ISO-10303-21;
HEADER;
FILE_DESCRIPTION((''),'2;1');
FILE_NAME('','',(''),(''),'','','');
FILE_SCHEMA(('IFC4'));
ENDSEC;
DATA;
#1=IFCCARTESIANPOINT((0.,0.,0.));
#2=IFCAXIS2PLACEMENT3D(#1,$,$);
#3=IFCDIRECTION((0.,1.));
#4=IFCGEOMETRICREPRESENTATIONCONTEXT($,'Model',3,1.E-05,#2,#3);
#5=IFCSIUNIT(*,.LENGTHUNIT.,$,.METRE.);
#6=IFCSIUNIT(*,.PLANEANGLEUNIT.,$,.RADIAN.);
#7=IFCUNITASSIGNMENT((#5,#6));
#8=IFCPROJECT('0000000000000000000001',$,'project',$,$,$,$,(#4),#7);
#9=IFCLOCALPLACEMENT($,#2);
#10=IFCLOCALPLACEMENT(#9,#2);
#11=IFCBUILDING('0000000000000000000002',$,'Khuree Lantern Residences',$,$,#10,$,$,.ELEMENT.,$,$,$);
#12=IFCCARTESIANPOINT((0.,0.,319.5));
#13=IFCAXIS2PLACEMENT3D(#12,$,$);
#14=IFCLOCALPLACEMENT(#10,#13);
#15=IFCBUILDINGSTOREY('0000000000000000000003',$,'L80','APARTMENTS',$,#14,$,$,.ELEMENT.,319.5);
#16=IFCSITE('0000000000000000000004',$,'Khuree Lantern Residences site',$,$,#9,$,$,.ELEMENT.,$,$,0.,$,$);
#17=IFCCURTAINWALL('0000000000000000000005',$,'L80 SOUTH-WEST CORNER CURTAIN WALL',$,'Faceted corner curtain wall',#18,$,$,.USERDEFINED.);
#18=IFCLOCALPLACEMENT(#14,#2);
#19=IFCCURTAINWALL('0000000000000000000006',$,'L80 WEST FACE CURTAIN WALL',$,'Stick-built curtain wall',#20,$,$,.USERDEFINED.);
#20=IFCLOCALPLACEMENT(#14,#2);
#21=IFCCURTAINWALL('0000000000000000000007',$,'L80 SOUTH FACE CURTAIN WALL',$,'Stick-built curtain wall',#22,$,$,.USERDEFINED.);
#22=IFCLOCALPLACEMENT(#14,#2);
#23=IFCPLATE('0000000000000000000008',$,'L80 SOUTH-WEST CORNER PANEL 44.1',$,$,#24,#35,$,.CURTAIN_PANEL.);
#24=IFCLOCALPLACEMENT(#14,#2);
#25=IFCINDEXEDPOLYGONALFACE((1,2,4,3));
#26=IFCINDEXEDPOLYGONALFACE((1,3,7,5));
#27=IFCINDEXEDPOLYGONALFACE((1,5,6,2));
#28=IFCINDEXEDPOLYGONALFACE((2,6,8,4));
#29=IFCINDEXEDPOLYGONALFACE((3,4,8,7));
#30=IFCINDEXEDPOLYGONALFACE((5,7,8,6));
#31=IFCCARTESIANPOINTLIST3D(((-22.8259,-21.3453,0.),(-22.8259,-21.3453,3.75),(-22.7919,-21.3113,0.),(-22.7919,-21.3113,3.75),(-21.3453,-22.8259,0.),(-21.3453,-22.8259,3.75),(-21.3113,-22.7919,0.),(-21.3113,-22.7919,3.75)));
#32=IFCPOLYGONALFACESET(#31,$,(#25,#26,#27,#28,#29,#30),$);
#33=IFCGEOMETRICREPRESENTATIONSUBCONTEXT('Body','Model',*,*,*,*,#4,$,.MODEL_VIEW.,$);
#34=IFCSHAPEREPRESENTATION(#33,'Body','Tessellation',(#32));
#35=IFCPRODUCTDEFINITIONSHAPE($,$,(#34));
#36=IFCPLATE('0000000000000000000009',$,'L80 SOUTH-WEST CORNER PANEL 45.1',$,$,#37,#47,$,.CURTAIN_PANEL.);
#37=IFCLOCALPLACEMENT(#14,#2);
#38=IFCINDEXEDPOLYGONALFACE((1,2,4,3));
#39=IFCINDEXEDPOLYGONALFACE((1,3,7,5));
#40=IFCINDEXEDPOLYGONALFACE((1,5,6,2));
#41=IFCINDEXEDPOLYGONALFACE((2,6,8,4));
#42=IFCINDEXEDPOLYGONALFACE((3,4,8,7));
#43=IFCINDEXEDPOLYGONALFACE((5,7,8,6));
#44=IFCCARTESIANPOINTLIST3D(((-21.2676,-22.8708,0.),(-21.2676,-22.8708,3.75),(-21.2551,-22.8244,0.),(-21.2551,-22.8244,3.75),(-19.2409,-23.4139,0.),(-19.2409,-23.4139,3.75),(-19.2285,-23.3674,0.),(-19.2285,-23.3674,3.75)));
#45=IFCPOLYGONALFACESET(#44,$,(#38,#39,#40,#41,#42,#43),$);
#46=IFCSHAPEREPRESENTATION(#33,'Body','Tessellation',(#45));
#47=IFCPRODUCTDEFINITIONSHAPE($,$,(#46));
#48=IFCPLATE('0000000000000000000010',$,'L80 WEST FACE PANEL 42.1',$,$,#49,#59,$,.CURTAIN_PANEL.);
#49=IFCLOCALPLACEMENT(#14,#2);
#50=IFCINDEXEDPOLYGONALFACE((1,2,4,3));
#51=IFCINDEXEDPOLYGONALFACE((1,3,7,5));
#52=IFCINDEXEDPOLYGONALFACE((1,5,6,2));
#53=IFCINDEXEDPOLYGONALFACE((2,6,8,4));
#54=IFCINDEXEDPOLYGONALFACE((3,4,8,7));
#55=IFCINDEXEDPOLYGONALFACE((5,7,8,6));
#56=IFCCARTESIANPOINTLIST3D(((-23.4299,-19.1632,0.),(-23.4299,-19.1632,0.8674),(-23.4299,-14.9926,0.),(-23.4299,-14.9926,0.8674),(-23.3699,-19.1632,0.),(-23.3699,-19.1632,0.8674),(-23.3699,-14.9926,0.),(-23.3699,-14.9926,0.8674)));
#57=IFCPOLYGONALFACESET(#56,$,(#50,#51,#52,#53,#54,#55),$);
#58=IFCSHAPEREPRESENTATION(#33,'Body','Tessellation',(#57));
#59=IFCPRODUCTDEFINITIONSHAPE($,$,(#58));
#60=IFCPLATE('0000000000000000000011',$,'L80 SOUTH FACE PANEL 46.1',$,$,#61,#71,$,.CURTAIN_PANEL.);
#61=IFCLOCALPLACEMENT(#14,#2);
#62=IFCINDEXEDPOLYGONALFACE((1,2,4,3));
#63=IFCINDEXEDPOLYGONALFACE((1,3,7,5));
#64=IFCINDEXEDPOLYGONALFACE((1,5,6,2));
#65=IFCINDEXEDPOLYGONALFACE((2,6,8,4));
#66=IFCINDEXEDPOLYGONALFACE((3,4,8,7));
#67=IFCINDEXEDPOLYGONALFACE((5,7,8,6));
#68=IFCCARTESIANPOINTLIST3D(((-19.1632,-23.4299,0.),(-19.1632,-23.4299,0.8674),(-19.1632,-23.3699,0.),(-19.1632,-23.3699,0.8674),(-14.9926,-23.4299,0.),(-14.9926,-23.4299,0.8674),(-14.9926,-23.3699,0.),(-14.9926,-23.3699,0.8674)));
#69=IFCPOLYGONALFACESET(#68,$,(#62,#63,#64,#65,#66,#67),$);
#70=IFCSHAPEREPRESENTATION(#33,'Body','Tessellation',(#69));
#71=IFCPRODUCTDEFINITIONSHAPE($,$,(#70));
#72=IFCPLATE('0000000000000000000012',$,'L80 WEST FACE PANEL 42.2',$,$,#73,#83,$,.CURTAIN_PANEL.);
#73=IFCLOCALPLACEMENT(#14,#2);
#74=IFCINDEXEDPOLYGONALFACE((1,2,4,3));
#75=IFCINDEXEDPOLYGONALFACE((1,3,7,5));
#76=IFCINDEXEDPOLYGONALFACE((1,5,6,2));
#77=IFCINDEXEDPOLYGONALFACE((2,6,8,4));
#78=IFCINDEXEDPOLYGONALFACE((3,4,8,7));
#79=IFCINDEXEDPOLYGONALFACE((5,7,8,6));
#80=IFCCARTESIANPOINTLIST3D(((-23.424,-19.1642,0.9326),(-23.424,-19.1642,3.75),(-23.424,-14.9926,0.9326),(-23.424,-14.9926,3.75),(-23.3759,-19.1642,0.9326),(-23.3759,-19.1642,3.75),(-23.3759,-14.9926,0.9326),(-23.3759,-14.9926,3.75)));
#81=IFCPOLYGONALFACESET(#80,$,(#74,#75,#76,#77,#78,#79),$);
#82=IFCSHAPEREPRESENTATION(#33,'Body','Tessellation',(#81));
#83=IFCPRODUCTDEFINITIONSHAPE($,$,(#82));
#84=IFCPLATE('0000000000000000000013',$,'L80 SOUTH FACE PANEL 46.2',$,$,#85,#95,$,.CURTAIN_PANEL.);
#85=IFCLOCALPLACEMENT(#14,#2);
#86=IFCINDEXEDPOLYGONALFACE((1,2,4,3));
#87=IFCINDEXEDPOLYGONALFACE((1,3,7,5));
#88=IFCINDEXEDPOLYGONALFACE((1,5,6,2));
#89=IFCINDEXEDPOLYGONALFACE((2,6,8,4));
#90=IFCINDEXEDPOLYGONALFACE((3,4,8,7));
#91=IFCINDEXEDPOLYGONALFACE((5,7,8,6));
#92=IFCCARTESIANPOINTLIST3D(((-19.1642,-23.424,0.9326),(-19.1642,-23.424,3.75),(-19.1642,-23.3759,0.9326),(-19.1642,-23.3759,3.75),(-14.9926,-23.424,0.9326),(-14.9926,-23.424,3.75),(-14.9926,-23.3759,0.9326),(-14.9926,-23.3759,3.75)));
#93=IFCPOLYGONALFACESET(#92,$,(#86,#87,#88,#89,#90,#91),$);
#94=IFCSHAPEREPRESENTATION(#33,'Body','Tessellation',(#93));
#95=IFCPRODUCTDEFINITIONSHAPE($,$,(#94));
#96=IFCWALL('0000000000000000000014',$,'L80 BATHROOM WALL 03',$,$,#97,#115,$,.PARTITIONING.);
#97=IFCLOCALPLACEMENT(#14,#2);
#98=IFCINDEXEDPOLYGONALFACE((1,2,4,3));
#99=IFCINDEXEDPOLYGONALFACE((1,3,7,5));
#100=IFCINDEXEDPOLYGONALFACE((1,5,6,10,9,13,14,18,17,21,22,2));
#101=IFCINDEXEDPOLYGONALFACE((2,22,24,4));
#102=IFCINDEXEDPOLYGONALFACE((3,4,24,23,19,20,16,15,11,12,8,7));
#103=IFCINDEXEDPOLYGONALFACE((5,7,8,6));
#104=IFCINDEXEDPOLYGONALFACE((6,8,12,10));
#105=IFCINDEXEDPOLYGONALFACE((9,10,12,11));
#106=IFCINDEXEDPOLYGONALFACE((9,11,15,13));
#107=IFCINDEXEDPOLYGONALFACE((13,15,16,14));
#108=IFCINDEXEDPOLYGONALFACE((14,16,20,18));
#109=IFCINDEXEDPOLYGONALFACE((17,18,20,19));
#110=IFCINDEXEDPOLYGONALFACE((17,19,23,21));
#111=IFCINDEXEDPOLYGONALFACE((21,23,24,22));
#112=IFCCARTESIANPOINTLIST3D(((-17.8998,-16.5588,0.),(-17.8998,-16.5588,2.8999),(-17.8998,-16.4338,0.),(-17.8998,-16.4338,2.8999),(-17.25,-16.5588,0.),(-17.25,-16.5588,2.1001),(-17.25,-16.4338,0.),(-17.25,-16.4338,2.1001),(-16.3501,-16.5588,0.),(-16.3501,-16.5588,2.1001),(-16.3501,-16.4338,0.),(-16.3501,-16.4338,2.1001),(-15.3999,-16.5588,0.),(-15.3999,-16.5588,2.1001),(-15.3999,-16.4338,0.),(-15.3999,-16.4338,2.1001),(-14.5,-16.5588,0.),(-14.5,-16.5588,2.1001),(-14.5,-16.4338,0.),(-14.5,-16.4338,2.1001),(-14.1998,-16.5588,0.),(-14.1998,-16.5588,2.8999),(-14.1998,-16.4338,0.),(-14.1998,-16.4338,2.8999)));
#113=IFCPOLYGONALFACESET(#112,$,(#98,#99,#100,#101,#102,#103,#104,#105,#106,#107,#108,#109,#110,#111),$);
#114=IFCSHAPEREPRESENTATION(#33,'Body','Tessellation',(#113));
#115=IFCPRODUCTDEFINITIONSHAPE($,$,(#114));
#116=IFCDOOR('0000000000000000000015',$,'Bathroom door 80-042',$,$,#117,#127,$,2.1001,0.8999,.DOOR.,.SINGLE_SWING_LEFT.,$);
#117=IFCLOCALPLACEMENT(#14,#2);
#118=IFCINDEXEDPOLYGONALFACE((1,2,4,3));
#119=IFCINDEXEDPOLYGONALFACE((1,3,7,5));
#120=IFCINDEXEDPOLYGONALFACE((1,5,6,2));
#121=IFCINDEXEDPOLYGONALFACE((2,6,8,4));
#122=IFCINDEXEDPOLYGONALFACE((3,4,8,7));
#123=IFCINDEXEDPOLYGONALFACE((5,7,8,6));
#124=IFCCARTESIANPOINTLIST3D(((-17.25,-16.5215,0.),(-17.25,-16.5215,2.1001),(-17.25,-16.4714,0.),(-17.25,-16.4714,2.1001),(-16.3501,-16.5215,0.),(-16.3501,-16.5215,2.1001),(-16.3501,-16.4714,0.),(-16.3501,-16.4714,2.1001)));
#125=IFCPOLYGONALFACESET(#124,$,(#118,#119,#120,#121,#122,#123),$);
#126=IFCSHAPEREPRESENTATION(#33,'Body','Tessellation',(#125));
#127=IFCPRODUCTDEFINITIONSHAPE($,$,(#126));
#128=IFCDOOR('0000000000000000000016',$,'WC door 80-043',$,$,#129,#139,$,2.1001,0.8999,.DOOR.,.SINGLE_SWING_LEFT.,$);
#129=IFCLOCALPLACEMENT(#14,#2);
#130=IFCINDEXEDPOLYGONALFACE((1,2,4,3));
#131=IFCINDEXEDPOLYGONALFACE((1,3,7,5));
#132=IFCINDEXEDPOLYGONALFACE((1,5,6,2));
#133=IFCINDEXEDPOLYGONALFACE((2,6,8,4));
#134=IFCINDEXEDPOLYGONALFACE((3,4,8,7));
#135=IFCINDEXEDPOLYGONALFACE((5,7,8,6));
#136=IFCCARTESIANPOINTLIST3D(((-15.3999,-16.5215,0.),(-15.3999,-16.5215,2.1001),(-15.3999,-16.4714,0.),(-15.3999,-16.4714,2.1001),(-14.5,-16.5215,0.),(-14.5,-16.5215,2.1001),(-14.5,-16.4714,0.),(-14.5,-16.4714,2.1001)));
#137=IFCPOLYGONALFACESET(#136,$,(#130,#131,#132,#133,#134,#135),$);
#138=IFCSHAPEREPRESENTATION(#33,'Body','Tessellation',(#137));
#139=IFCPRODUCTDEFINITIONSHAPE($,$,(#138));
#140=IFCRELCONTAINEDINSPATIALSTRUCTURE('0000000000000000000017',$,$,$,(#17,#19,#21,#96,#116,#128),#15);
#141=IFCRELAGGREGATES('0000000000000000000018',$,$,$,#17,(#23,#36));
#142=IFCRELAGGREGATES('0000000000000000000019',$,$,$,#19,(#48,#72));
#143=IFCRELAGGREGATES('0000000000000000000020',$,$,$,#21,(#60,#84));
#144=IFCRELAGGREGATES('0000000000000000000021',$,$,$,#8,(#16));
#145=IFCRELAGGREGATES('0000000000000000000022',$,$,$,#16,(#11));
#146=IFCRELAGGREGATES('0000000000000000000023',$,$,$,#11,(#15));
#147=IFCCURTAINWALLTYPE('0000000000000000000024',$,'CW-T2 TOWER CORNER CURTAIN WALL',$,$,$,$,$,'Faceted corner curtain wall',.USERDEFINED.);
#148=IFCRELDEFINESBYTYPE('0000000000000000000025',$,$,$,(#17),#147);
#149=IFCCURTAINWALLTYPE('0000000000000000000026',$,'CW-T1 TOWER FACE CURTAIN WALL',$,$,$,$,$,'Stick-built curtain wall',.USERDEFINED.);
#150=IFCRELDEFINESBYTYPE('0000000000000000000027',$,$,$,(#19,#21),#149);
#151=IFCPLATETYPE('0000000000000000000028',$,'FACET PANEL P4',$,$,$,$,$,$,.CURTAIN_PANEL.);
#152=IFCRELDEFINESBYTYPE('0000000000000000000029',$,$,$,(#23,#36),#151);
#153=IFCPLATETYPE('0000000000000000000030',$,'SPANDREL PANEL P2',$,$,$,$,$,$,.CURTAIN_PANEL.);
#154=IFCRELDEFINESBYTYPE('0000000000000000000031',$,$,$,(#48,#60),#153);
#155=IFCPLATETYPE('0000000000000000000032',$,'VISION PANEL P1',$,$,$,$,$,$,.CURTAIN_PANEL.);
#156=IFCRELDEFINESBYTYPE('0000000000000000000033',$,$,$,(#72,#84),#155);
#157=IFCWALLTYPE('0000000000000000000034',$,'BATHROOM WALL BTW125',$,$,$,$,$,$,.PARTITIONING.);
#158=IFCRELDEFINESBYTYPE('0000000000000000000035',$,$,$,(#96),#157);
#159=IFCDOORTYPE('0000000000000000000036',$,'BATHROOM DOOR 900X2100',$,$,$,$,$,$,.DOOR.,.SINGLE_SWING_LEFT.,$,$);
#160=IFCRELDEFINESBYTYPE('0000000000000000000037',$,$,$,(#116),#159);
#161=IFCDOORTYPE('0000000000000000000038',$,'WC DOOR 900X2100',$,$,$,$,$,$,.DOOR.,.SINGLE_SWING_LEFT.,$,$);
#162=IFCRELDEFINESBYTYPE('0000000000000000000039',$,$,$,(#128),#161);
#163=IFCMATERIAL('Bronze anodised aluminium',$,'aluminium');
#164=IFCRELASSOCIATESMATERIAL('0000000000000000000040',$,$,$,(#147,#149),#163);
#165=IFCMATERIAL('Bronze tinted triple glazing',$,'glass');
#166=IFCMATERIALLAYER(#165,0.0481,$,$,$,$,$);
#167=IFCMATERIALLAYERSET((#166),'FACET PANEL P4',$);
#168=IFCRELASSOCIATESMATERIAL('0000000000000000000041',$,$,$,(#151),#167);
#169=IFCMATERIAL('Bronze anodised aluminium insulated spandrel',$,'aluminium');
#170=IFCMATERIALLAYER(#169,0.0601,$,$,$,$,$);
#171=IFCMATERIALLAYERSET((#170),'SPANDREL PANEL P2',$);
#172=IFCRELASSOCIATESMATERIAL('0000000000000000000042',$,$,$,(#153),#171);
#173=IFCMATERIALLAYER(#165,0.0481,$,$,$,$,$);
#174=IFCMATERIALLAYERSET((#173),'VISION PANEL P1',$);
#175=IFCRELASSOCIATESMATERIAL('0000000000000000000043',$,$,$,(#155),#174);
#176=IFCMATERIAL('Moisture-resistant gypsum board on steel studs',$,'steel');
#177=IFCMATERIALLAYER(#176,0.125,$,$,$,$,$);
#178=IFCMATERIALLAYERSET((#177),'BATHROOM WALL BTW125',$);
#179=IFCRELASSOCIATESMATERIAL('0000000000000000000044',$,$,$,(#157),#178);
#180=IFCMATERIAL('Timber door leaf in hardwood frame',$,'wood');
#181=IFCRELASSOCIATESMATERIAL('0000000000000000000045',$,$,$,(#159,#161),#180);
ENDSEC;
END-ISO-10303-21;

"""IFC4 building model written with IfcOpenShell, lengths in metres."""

from ifc_helpers import new_model, si_unit, direction, frame, frame_2d, origin, origin_2d, place, context, subcontext, project, spatial, rectangle, extrude, material, layer, layer_set, type_object, element, fill, aggregate, save


model = new_model("IFC4")

# Units and contexts
model_context = context("Model", 3, precision=1e-05, world=origin(), true_north=direction((0.0, 1.0)))
body_context = subcontext(model_context, "Body", "Model", "MODEL_VIEW")
ifc_project = project(units=[si_unit("LENGTHUNIT", "METRE"), si_unit("PLANEANGLEUNIT", "RADIAN")], contexts=[model_context])

# Site, building, storey
site_placement = place(None, origin())
site = spatial("IfcSite", under=ifc_project, at=site_placement, Name="Khuree Lantern Residences site", CompositionType="ELEMENT", RefElevation=0.0)
building_placement = place(site_placement, origin())
building = spatial("IfcBuilding", under=site, at=building_placement, Name="Khuree Lantern Residences", CompositionType="ELEMENT")
storey_placement = place(building_placement, frame((0.0, 0.0, 319.5)))
storey = spatial("IfcBuildingStorey", under=building, at=storey_placement, Name="L80", Description="APARTMENTS", CompositionType="ELEMENT", Elevation=319.5)

# Curtain wall
ifc_material_1 = material(Name="Bronze anodised aluminium", Category="aluminium")
curtain_wall_type_1 = type_object("IfcCurtainWallType", Name="CW-T2 TOWER CORNER CURTAIN WALL", ElementType="Faceted corner curtain wall", PredefinedType="USERDEFINED", material=ifc_material_1)
curtain_wall_1_placement = place(storey_placement, origin())
curtain_wall_1 = element("IfcCurtainWall", 1, at=curtain_wall_1_placement, inside=storey, type_object=curtain_wall_type_1, Name="L80 SOUTH-WEST CORNER CURTAIN WALL", ObjectType="Faceted corner curtain wall", PredefinedType="USERDEFINED")

# Curtain wall
curtain_wall_type_2 = type_object("IfcCurtainWallType", Name="CW-T1 TOWER FACE CURTAIN WALL", ElementType="Stick-built curtain wall", PredefinedType="USERDEFINED", material=ifc_material_1)
curtain_wall_2_placement = place(storey_placement, origin())
curtain_wall_2 = element("IfcCurtainWall", 2, at=curtain_wall_2_placement, inside=storey, type_object=curtain_wall_type_2, Name="L80 WEST FACE CURTAIN WALL", ObjectType="Stick-built curtain wall", PredefinedType="USERDEFINED")

# Curtain wall
curtain_wall_3_placement = place(storey_placement, origin())
curtain_wall_3 = element("IfcCurtainWall", 3, at=curtain_wall_3_placement, inside=storey, type_object=curtain_wall_type_2, Name="L80 SOUTH FACE CURTAIN WALL", ObjectType="Stick-built curtain wall", PredefinedType="USERDEFINED")

# Plates
ifc_material_2 = material(Name="Bronze tinted triple glazing", Category="glass")
ifc_layer_1 = layer(ifc_material_2, 0.0481)
ifc_layer_set_1 = layer_set([ifc_layer_1], Name="FACET PANEL P4")
plate_type_1 = type_object("IfcPlateType", Name="FACET PANEL P4", PredefinedType="CURTAIN_PANEL", material=ifc_layer_set_1)
plate_1_placement = place(storey_placement, frame((-22.0686, -22.0686, 0.0), z_axis=(0.0, 0.0, 1.0), x_axis=(0.707107, -0.707107, 0.0)))
plate_1 = element("IfcPlate", 4, at=plate_1_placement, type_object=plate_type_1, Name="L80 SOUTH-WEST CORNER PANEL 44.1", PredefinedType="CURTAIN_PANEL", context=body_context, shape_type="SweptSolid", body=[
    extrude(rectangle(XDim=2.094, YDim=0.0481, at=origin_2d()), origin(), (0.0, 0.0, 1.0), 3.75),
])
plate_2_placement = place(storey_placement, frame((-20.248, -23.1191, 0.0), z_axis=(0.0, 0.0, 1.0), x_axis=(0.965926, -0.258819, 0.0)))
plate_2 = element("IfcPlate", 5, at=plate_2_placement, type_object=plate_type_1, Name="L80 SOUTH-WEST CORNER PANEL 45.1", PredefinedType="CURTAIN_PANEL", context=body_context, shape_type="SweptSolid", body=[
    extrude(rectangle(XDim=2.0981, YDim=0.0481, at=origin_2d()), origin(), (0.0, 0.0, 1.0), 3.75),
])
aggregate(curtain_wall_1, [plate_1, plate_2])
ifc_material_3 = material(Name="Bronze anodised aluminium insulated spandrel", Category="aluminium")
ifc_layer_2 = layer(ifc_material_3, 0.0601)
ifc_layer_set_2 = layer_set([ifc_layer_2], Name="SPANDREL PANEL P2")
plate_type_2 = type_object("IfcPlateType", Name="SPANDREL PANEL P2", PredefinedType="CURTAIN_PANEL", material=ifc_layer_set_2)
plate_3_placement = place(storey_placement, frame((-23.3999, -17.0779, 0.0), z_axis=(0.0, 0.0, 1.0), x_axis=(0.0, -1.0, 0.0)))
plate_3 = element("IfcPlate", 6, at=plate_3_placement, type_object=plate_type_2, Name="L80 WEST FACE PANEL 42.1", PredefinedType="CURTAIN_PANEL", context=body_context, shape_type="SweptSolid", body=[
    extrude(rectangle(XDim=4.1707, YDim=0.0601, at=origin_2d()), origin(), (0.0, 0.0, 1.0), 0.8674),
])
plate_4_placement = place(storey_placement, frame((-17.0779, -23.3999, 0.0), z_axis=(0.0, 0.0, 1.0), x_axis=(1.0, 0.0, 0.0)))
plate_4 = element("IfcPlate", 7, at=plate_4_placement, type_object=plate_type_2, Name="L80 SOUTH FACE PANEL 46.1", PredefinedType="CURTAIN_PANEL", context=body_context, shape_type="SweptSolid", body=[
    extrude(rectangle(XDim=4.1707, YDim=0.0601, at=origin_2d()), origin(), (0.0, 0.0, 1.0), 0.8674),
])
ifc_layer_3 = layer(ifc_material_2, 0.0481)
ifc_layer_set_3 = layer_set([ifc_layer_3], Name="VISION PANEL P1")
plate_type_3 = type_object("IfcPlateType", Name="VISION PANEL P1", PredefinedType="CURTAIN_PANEL", material=ifc_layer_set_3)
plate_5_placement = place(storey_placement, frame((-23.3999, -17.0784, 0.9326), z_axis=(0.0, 0.0, 1.0), x_axis=(0.0, -1.0, 0.0)))
plate_5 = element("IfcPlate", 8, at=plate_5_placement, type_object=plate_type_3, Name="L80 WEST FACE PANEL 42.2", PredefinedType="CURTAIN_PANEL", context=body_context, shape_type="SweptSolid", body=[
    extrude(rectangle(XDim=4.1716, YDim=0.0481, at=origin_2d()), origin(), (0.0, 0.0, 1.0), 2.8174),
])
aggregate(curtain_wall_2, [plate_3, plate_5])
plate_6_placement = place(storey_placement, frame((-17.0784, -23.3999, 0.9326), z_axis=(0.0, 0.0, 1.0), x_axis=(1.0, 0.0, 0.0)))
plate_6 = element("IfcPlate", 9, at=plate_6_placement, type_object=plate_type_3, Name="L80 SOUTH FACE PANEL 46.2", PredefinedType="CURTAIN_PANEL", context=body_context, shape_type="SweptSolid", body=[
    extrude(rectangle(XDim=4.1716, YDim=0.0481, at=origin_2d()), origin(), (0.0, 0.0, 1.0), 2.8174),
])
aggregate(curtain_wall_3, [plate_4, plate_6])

# Wall, openings, doors
ifc_material_4 = material(Name="Moisture-resistant gypsum board on steel studs", Category="steel")
ifc_layer_4 = layer(ifc_material_4, 0.125)
ifc_layer_set_4 = layer_set([ifc_layer_4], Name="BATHROOM WALL BTW125")
wall_type = type_object("IfcWallType", Name="BATHROOM WALL BTW125", PredefinedType="PARTITIONING", material=ifc_layer_set_4)
wall_placement = place(storey_placement, frame((-17.8999, -16.4963, 0.0), z_axis=(0.0, 0.0, 1.0), x_axis=(1.0, 0.0, 0.0)))
wall = element("IfcWall", 10, at=wall_placement, inside=storey, type_object=wall_type, Name="L80 BATHROOM WALL 03", PredefinedType="PARTITIONING", context=body_context, shape_type="SweptSolid", body=[
    extrude(rectangle(XDim=3.7, YDim=0.125, at=frame_2d((1.8501, 0.0))), origin(), (0.0, 0.0, 1.0), 2.8999),
])
opening_1_placement = place(wall_placement, frame((0.6499, 0.0, 0.0)))
opening_1 = element("IfcOpeningElement", 11, at=opening_1_placement, cuts=wall, PredefinedType="OPENING", context=body_context, shape_type="SweptSolid", body=[
    extrude(rectangle(XDim=0.8999, YDim=2.1001, at=frame_2d((0.45, 1.05))), frame((0.0, 0.0725, 0.0), z_axis=(0.0, -1.0, 0.0), x_axis=(1.0, 0.0, 0.0)), (0.0, 0.0, 1.0), 0.145),
])
opening_2_placement = place(wall_placement, frame((2.5, 0.0, 0.0)))
opening_2 = element("IfcOpeningElement", 12, at=opening_2_placement, cuts=wall, PredefinedType="OPENING", context=body_context, shape_type="SweptSolid", body=[
    extrude(rectangle(XDim=0.8999, YDim=2.1001, at=frame_2d((0.45, 1.05))), frame((0.0, 0.0725, 0.0), z_axis=(0.0, -1.0, 0.0), x_axis=(1.0, 0.0, 0.0)), (0.0, 0.0, 1.0), 0.145),
])
ifc_material_5 = material(Name="Timber door leaf in hardwood frame", Category="wood")
door_type_1 = type_object("IfcDoorType", Name="BATHROOM DOOR 900X2100", OperationType="SINGLE_SWING_LEFT", PredefinedType="DOOR", material=ifc_material_5)
door_1_placement = place(opening_1_placement, origin())
door_1 = element("IfcDoor", 13, at=door_1_placement, inside=storey, type_object=door_type_1, Name="Bathroom door 80-042", OperationType="SINGLE_SWING_LEFT", OverallHeight=2.1001, OverallWidth=0.8999, PredefinedType="DOOR", context=body_context, shape_type="SweptSolid", body=[
    extrude(rectangle(XDim=0.8999, YDim=2.1001, at=frame_2d((0.45, 1.05))), frame((0.0, 0.0249, 0.0), z_axis=(0.0, -1.0, 0.0), x_axis=(1.0, 0.0, 0.0)), (0.0, 0.0, 1.0), 0.05),
])
fill(opening_1, door_1)
door_type_2 = type_object("IfcDoorType", Name="WC DOOR 900X2100", OperationType="SINGLE_SWING_LEFT", PredefinedType="DOOR", material=ifc_material_5)
door_2_placement = place(opening_2_placement, origin())
door_2 = element("IfcDoor", 14, at=door_2_placement, inside=storey, type_object=door_type_2, Name="WC door 80-043", OperationType="SINGLE_SWING_LEFT", OverallHeight=2.1001, OverallWidth=0.8999, PredefinedType="DOOR", context=body_context, shape_type="SweptSolid", body=[
    extrude(rectangle(XDim=0.8999, YDim=2.1001, at=frame_2d((0.45, 1.05))), frame((0.0, 0.0249, 0.0), z_axis=(0.0, -1.0, 0.0), x_axis=(1.0, 0.0, 0.0)), (0.0, 0.0, 1.0), 0.05),
])
fill(opening_2, door_2)

save(model, "model.ifc")
